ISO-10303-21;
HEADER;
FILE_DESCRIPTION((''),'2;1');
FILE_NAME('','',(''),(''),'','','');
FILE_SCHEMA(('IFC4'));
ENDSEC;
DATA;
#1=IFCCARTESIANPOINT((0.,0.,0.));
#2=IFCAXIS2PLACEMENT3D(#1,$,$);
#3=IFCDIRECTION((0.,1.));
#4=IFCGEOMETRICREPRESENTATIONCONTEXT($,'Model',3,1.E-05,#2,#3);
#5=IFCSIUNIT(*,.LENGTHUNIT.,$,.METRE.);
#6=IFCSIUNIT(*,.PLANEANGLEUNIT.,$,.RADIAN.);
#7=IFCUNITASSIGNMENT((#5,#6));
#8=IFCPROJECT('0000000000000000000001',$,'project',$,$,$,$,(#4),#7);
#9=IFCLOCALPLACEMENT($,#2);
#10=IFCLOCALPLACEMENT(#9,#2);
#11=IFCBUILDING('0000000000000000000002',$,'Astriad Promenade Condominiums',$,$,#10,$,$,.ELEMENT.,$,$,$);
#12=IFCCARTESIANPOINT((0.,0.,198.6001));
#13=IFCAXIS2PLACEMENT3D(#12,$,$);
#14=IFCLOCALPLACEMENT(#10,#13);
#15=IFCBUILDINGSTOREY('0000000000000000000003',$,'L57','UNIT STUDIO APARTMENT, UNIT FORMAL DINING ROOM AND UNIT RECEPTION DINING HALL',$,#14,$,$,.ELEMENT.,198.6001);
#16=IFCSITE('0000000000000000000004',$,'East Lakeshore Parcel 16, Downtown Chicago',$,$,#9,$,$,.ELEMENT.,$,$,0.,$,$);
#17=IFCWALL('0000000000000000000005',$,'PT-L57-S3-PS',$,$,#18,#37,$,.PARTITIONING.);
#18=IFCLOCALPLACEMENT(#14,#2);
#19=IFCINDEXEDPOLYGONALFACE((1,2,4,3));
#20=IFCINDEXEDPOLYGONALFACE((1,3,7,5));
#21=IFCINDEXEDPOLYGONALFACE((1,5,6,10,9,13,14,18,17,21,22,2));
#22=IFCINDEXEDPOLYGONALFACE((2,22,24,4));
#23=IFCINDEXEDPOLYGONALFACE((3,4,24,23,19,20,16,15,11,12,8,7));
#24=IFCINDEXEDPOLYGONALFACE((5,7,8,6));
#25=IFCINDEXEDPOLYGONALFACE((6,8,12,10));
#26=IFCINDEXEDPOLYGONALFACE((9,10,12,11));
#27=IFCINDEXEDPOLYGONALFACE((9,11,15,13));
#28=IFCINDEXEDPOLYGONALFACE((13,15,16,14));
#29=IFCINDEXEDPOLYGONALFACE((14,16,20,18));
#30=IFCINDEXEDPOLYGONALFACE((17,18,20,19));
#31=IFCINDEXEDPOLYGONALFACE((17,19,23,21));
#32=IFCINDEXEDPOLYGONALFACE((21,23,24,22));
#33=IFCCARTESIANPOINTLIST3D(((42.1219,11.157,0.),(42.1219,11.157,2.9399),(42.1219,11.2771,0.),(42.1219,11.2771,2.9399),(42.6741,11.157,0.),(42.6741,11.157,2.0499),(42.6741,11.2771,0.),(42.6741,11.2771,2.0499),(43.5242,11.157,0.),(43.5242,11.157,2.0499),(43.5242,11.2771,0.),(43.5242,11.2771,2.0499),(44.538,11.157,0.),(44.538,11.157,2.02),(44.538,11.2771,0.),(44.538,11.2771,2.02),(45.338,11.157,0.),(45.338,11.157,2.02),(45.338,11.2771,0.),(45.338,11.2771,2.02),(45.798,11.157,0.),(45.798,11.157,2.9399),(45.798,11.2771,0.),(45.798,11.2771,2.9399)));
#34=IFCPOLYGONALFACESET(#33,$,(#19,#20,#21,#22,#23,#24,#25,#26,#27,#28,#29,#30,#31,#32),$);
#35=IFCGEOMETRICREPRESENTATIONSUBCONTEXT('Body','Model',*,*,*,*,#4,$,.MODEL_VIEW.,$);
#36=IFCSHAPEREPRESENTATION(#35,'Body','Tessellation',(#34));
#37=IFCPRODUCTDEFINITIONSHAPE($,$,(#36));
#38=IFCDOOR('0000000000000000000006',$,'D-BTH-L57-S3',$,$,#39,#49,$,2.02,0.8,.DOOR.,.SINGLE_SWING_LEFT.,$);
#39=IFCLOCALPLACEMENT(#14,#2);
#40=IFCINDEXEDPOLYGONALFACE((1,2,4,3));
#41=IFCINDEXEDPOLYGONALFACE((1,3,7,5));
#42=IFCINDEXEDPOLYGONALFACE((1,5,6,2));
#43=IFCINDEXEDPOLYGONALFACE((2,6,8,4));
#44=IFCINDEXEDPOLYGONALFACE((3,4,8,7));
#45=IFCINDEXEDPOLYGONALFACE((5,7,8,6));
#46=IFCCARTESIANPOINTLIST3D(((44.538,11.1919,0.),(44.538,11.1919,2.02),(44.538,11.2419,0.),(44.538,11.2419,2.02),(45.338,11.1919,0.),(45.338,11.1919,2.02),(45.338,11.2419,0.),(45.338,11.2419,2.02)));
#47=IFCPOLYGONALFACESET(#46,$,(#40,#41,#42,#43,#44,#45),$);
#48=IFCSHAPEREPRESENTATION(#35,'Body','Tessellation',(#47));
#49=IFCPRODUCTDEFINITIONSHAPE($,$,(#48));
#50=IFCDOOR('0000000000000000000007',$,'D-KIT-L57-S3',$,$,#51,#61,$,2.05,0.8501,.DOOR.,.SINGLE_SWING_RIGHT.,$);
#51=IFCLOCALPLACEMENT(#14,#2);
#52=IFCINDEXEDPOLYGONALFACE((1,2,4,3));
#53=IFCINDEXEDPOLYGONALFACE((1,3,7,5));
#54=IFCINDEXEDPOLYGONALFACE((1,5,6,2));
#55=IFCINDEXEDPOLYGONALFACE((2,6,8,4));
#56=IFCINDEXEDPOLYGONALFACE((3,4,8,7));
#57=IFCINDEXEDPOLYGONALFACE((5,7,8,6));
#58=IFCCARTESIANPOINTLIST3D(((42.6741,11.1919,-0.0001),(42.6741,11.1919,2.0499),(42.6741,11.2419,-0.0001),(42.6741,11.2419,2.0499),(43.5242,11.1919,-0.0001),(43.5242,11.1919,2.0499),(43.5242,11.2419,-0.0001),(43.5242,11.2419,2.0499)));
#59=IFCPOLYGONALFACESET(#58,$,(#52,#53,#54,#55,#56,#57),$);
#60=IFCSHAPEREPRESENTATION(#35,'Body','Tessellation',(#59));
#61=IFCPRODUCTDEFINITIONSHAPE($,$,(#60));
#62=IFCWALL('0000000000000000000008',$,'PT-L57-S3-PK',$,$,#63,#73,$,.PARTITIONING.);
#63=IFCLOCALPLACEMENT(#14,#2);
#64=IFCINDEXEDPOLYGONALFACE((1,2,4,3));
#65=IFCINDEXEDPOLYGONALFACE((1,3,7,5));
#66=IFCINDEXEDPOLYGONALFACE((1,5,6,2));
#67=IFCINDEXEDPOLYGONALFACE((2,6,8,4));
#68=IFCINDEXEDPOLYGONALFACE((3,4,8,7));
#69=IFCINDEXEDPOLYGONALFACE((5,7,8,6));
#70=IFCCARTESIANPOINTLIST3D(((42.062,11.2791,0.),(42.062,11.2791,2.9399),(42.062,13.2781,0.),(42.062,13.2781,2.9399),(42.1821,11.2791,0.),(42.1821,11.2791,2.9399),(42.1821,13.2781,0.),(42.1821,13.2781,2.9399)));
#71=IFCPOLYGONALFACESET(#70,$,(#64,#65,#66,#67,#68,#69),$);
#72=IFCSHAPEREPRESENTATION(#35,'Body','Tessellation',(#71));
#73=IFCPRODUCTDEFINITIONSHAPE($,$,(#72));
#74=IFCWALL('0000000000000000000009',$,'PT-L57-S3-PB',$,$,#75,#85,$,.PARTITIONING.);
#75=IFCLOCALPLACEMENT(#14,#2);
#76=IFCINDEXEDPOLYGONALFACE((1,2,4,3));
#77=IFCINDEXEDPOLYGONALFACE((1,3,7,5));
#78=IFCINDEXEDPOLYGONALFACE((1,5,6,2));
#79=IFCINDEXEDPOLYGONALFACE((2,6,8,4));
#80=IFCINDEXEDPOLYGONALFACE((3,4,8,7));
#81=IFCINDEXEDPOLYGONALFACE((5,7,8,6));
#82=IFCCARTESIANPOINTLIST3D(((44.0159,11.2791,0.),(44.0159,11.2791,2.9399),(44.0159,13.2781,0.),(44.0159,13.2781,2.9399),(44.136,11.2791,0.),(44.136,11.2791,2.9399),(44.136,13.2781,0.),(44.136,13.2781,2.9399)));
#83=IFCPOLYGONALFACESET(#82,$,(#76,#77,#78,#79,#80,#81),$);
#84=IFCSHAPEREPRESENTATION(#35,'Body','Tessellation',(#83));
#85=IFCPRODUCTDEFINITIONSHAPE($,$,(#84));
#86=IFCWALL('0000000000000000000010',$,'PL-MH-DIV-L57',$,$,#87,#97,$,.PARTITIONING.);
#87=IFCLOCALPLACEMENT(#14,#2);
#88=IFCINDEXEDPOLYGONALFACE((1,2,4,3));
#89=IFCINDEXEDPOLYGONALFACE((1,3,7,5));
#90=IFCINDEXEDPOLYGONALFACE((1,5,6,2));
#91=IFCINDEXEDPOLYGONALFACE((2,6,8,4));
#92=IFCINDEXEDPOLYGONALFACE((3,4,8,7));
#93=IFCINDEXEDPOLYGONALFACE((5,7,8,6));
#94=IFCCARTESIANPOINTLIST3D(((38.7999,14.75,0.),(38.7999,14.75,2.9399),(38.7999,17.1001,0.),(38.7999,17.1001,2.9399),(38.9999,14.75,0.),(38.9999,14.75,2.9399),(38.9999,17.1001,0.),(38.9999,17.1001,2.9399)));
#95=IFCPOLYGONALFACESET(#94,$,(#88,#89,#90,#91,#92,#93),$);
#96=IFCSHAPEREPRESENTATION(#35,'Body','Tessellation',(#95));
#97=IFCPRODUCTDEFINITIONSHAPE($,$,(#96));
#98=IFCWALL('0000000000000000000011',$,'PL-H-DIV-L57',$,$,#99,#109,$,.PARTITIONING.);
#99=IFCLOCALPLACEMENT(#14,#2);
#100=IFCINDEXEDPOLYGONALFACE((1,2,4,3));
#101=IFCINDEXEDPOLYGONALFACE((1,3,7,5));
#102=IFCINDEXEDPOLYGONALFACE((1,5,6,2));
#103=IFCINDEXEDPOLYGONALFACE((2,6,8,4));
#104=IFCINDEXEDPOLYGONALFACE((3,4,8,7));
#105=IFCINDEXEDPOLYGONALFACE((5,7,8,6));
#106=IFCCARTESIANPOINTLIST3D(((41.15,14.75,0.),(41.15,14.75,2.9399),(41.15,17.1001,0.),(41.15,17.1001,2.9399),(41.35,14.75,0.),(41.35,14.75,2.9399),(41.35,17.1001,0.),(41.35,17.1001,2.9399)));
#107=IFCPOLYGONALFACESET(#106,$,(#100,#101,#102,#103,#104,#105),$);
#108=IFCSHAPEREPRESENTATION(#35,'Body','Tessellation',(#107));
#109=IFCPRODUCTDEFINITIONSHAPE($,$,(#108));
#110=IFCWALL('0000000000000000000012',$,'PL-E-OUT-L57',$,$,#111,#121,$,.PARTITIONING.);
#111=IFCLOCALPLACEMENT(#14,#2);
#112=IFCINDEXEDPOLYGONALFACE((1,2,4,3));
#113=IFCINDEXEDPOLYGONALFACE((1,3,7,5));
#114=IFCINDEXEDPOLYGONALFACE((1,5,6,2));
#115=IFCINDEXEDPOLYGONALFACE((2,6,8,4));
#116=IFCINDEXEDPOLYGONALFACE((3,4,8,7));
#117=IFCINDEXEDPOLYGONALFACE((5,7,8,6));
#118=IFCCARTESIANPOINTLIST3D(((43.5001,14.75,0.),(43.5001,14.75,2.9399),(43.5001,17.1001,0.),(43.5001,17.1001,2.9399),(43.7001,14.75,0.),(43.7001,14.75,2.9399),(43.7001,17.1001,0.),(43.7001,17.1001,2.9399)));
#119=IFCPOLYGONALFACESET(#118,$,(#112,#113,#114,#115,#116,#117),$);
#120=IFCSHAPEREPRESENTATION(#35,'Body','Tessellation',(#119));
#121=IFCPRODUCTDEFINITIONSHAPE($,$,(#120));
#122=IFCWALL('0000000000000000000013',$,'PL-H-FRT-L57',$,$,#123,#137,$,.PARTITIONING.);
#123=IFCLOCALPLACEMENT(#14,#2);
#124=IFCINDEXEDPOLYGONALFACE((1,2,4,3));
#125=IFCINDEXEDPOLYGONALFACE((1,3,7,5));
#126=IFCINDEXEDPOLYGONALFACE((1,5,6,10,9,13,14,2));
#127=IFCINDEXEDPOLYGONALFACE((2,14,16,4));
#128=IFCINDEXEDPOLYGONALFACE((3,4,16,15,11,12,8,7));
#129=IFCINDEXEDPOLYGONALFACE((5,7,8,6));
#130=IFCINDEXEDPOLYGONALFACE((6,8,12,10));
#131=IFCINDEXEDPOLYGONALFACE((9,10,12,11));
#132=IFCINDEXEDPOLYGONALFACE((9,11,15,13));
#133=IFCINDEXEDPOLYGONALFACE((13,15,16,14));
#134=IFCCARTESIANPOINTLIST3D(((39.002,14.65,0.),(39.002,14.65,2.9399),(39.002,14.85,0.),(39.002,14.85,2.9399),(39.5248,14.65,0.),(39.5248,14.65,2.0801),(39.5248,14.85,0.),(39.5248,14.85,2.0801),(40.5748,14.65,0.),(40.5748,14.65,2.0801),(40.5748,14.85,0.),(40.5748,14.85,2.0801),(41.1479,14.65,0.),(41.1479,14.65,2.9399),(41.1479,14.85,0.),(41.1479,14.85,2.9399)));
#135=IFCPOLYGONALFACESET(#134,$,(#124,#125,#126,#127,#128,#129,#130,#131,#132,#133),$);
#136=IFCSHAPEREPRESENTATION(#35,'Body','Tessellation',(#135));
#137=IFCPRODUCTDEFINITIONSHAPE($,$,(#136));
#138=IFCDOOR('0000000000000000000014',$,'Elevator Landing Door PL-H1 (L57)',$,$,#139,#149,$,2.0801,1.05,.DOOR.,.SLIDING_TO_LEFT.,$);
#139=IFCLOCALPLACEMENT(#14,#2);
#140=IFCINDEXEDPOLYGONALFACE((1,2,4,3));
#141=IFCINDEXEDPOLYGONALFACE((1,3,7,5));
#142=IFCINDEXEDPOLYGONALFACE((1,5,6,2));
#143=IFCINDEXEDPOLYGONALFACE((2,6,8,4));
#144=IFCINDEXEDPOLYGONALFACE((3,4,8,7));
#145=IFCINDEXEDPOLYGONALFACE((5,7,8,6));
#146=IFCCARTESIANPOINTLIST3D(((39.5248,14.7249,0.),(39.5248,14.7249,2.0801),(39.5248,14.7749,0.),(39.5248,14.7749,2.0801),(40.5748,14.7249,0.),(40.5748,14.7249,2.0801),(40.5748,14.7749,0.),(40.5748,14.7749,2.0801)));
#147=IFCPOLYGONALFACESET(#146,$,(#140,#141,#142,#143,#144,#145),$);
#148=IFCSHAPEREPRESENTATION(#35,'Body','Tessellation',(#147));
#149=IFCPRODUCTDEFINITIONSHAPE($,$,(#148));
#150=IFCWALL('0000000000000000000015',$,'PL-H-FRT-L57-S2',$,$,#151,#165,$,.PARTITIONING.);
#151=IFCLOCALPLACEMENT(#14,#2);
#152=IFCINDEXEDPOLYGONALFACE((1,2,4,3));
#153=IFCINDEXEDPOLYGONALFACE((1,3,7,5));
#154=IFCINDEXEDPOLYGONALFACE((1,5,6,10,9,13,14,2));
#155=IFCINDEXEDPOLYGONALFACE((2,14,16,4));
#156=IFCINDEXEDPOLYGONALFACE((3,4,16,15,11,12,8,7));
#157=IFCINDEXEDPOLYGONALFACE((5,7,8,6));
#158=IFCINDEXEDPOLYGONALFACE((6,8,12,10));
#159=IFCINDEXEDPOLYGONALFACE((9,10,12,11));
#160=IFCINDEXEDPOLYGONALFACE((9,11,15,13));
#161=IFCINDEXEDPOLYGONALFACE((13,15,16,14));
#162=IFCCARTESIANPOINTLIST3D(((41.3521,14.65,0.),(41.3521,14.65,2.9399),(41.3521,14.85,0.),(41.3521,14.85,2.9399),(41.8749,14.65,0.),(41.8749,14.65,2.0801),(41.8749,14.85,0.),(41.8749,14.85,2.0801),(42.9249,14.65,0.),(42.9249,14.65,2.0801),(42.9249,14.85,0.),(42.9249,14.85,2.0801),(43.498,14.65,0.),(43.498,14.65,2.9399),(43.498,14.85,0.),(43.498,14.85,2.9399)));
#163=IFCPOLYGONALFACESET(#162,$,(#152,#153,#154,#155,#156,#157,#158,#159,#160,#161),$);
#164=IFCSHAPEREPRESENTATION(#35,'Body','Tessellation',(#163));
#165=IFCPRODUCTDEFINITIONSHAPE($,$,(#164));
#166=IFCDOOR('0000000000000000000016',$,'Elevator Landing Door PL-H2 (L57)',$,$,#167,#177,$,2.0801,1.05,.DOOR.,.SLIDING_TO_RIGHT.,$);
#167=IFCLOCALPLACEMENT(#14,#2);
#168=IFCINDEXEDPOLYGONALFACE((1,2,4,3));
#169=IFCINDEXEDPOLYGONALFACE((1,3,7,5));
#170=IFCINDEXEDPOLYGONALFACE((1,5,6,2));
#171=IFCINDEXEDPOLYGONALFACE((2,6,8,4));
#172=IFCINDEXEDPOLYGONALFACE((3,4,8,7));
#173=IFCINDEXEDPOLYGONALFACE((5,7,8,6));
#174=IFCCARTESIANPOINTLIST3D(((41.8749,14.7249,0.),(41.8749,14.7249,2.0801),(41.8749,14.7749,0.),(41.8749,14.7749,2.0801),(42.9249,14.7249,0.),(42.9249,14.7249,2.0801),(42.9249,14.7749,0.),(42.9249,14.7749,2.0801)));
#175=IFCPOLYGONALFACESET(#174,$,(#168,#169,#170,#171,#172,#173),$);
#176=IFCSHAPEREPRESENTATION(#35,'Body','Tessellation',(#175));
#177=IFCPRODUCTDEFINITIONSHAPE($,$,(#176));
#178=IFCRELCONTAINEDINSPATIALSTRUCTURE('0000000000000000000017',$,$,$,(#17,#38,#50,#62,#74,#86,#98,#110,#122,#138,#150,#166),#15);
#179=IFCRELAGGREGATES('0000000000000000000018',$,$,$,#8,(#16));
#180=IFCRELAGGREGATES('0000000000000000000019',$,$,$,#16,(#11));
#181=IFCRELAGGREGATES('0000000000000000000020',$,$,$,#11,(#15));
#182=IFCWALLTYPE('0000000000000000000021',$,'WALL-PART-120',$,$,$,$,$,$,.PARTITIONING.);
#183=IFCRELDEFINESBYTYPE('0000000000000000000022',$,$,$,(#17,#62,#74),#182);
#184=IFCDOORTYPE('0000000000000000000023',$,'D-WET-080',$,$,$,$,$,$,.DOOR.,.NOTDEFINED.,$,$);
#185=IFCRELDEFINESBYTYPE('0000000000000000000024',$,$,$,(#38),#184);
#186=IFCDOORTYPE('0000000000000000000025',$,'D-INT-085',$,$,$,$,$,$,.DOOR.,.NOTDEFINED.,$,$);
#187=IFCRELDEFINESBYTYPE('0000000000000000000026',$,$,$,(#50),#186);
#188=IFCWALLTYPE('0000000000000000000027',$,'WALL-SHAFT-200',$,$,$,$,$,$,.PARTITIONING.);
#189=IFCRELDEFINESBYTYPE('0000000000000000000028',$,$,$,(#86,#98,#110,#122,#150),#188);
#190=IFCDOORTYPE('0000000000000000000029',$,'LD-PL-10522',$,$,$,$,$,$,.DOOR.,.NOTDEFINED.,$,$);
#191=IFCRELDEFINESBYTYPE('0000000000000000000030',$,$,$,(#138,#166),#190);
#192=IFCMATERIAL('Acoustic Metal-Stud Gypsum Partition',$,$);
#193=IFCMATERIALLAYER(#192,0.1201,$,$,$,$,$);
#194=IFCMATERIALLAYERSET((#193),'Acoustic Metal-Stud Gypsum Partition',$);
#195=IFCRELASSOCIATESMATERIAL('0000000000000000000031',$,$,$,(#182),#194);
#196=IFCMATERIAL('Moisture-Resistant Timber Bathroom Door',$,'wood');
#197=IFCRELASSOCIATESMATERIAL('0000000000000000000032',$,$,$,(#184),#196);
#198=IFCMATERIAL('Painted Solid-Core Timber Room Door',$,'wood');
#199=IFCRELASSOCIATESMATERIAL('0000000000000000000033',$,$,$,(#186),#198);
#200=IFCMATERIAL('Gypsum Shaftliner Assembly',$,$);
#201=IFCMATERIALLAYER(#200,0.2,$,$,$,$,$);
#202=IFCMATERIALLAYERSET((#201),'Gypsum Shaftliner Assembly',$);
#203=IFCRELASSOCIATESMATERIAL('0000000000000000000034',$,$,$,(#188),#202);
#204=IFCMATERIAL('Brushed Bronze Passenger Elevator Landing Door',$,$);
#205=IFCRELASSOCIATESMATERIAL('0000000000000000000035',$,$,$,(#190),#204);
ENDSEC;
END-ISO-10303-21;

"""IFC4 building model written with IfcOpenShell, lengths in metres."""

from ifc_helpers import new_model, si_unit, direction, frame, frame_2d, origin, place, context, subcontext, project, spatial, rectangle, extrude, source, transform, mapped, material, layer, layer_set, type_object, type_shapes, element, fill, save


model = new_model("IFC4")

# Units and contexts
model_context = context("Model", 3, precision=1e-05, world=origin(), true_north=direction((0.0, 1.0)))
body_context = subcontext(model_context, "Body", "Model", "MODEL_VIEW")
ifc_project = project(units=[si_unit("LENGTHUNIT", "METRE"), si_unit("PLANEANGLEUNIT", "RADIAN")], contexts=[model_context])

# Site, building, storey
site_placement = place(None, origin())
site = spatial("IfcSite", under=ifc_project, at=site_placement, Name="East Lakeshore Parcel 16, Downtown Chicago", CompositionType="ELEMENT", RefElevation=0.0)
building_placement = place(site_placement, origin())
building = spatial("IfcBuilding", under=site, at=building_placement, Name="Astriad Promenade Condominiums", CompositionType="ELEMENT")
storey_placement = place(building_placement, frame((0.0, 0.0, 198.6001)))
storey = spatial("IfcBuildingStorey", under=building, at=storey_placement, Name="L57", Description="UNIT STUDIO APARTMENT, UNIT FORMAL DINING ROOM AND UNIT RECEPTION DINING HALL", CompositionType="ELEMENT", Elevation=198.6001)

# Shared definitions
ifc_material_1 = material(Name="Acoustic Metal-Stud Gypsum Partition")
ifc_layer_1 = layer(ifc_material_1, 0.1201)
ifc_layer_set_1 = layer_set([ifc_layer_1], Name="Acoustic Metal-Stud Gypsum Partition")
wall_type_1 = type_object("IfcWallType", Name="WALL-PART-120", PredefinedType="PARTITIONING", material=ifc_layer_set_1)

# Wall, openings, doors
wall_1_placement = place(storey_placement, frame((42.1221, 11.217, 0.0), z_axis=(0.0, 0.0, 1.0), x_axis=(1.0, 0.0, 0.0)))
wall_1 = element("IfcWall", 1, at=wall_1_placement, inside=storey, type_object=wall_type_1, Name="PT-L57-S3-PS", PredefinedType="PARTITIONING", context=body_context, shape_type="SweptSolid", body=[
    extrude(rectangle(XDim=3.676, YDim=0.1201, at=frame_2d((1.8379, 0.0))), origin(), (0.0, 0.0, 1.0), 2.9399),
])
opening_1_placement = place(wall_1_placement, frame((0.552, 0.0, 0.0)))
opening_1 = element("IfcOpeningElement", 2, at=opening_1_placement, cuts=wall_1, PredefinedType="OPENING", context=body_context, shape_type="SweptSolid", body=[
    extrude(rectangle(XDim=0.8501, YDim=2.05, at=frame_2d((0.425, 1.0249))), frame((0.0, 0.0701, 0.0), z_axis=(0.0, -1.0, 0.0), x_axis=(1.0, 0.0, 0.0)), (0.0, 0.0, 1.0), 0.1401),
])
opening_2_placement = place(wall_1_placement, frame((2.416, 0.0, 0.0)))
opening_2 = element("IfcOpeningElement", 3, at=opening_2_placement, cuts=wall_1, PredefinedType="OPENING", context=body_context, shape_type="SweptSolid", body=[
    extrude(rectangle(XDim=0.8, YDim=2.02, at=frame_2d((0.3999, 1.01))), frame((0.0, 0.0701, 0.0), z_axis=(0.0, -1.0, 0.0), x_axis=(1.0, 0.0, 0.0)), (0.0, 0.0, 1.0), 0.1401),
])
ifc_material_2 = material(Name="Moisture-Resistant Timber Bathroom Door", Category="wood")
door_type_1 = type_object("IfcDoorType", Name="D-WET-080", OperationType="NOTDEFINED", PredefinedType="DOOR", material=ifc_material_2)
shared_shape_1 = source(origin(), body_context, "Body", "SweptSolid", [
    extrude(rectangle(XDim=0.8, YDim=2.02, at=frame_2d((0.3999, 1.01))), frame((0.0, 0.0249, 0.0), z_axis=(0.0, -1.0, 0.0), x_axis=(1.0, 0.0, 0.0)), (0.0, 0.0, 1.0), 0.05),
])
type_shapes(door_type_1, [shared_shape_1])
door_1_placement = place(opening_2_placement, origin())
door_1 = element("IfcDoor", 4, at=door_1_placement, inside=storey, type_object=door_type_1, Name="D-BTH-L57-S3", OperationType="SINGLE_SWING_LEFT", OverallHeight=2.02, OverallWidth=0.8, PredefinedType="DOOR", context=body_context, shape_type="MappedRepresentation", body=[
    mapped(shared_shape_1, transform((0.0, 0.0, 0.0), scale=1.0)),
])
fill(opening_2, door_1)
ifc_material_3 = material(Name="Painted Solid-Core Timber Room Door", Category="wood")
door_type_2 = type_object("IfcDoorType", Name="D-INT-085", OperationType="NOTDEFINED", PredefinedType="DOOR", material=ifc_material_3)
shared_shape_2 = source(origin(), body_context, "Body", "SweptSolid", [
    extrude(rectangle(XDim=0.8501, YDim=2.05, at=frame_2d((0.425, 1.0249))), frame((0.0, 0.0249, 0.0), z_axis=(0.0, -1.0, 0.0), x_axis=(1.0, 0.0, 0.0)), (0.0, 0.0, 1.0), 0.05),
])
type_shapes(door_type_2, [shared_shape_2])
door_2_placement = place(opening_1_placement, origin())
door_2 = element("IfcDoor", 5, at=door_2_placement, inside=storey, type_object=door_type_2, Name="D-KIT-L57-S3", OperationType="SINGLE_SWING_RIGHT", OverallHeight=2.05, OverallWidth=0.8501, PredefinedType="DOOR", context=body_context, shape_type="MappedRepresentation", body=[
    mapped(shared_shape_2, transform((0.0, 0.0, 0.0), scale=1.0)),
])
fill(opening_1, door_2)

# Walls
for number, where, z_axis, x_axis, name in (
    (6, (42.1221, 11.2791, 0.0), (0.0, 0.0, 1.0), (0.0, 1.0, 0.0), "PT-L57-S3-PK"),
    (7, (44.0759, 11.2791, 0.0), (0.0, 0.0, 1.0), (0.0, 1.0, 0.0), "PT-L57-S3-PB"),
):
    element("IfcWall", number, at=place(storey_placement, frame(where, z_axis=z_axis, x_axis=x_axis)), inside=storey, type_object=wall_type_1, Name=name, PredefinedType="PARTITIONING", context=body_context, shape_type="SweptSolid", body=[
        extrude(rectangle(XDim=1.999, YDim=0.1201, at=frame_2d((0.9995, 0.0))), origin(), (0.0, 0.0, 1.0), 2.9399),
    ])
ifc_material_4 = material(Name="Gypsum Shaftliner Assembly")
ifc_layer_2 = layer(ifc_material_4, 0.2)
ifc_layer_set_2 = layer_set([ifc_layer_2], Name="Gypsum Shaftliner Assembly")
wall_type_2 = type_object("IfcWallType", Name="WALL-SHAFT-200", PredefinedType="PARTITIONING", material=ifc_layer_set_2)
for number, where, z_axis, x_axis, name in (
    (8, (38.8999, 14.75, 0.0), (0.0, 0.0, 1.0), (0.0, 1.0, 0.0), "PL-MH-DIV-L57"),
    (9, (41.25, 14.75, 0.0), (0.0, 0.0, 1.0), (0.0, 1.0, 0.0), "PL-H-DIV-L57"),
    (10, (43.6001, 14.75, 0.0), (0.0, 0.0, 1.0), (0.0, 1.0, 0.0), "PL-E-OUT-L57"),
):
    element("IfcWall", number, at=place(storey_placement, frame(where, z_axis=z_axis, x_axis=x_axis)), inside=storey, type_object=wall_type_2, Name=name, PredefinedType="PARTITIONING", context=body_context, shape_type="SweptSolid", body=[
        extrude(rectangle(XDim=2.3501, YDim=0.2, at=frame_2d((1.175, 0.0))), origin(), (0.0, 0.0, 1.0), 2.9399),
    ])

# Walls, openings, doors
wall_2_placement = place(storey_placement, frame((39.002, 14.75, 0.0), z_axis=(0.0, 0.0, 1.0), x_axis=(1.0, 0.0, 0.0)))
wall_2 = element("IfcWall", 11, at=wall_2_placement, inside=storey, type_object=wall_type_2, Name="PL-H-FRT-L57", PredefinedType="PARTITIONING", context=body_context, shape_type="SweptSolid", body=[
    extrude(rectangle(XDim=2.146, YDim=0.2, at=frame_2d((1.073, 0.0))), origin(), (0.0, 0.0, 1.0), 2.9399),
])
opening_3_placement = place(wall_2_placement, frame((0.5229, 0.0, 0.0)))
opening_3 = element("IfcOpeningElement", 12, at=opening_3_placement, cuts=wall_2, PredefinedType="OPENING", context=body_context, shape_type="SweptSolid", body=[
    extrude(rectangle(XDim=1.05, YDim=2.0801, at=frame_2d((0.5249, 1.04))), frame((0.0, 0.1099, 0.0), z_axis=(0.0, -1.0, 0.0), x_axis=(1.0, 0.0, 0.0)), (0.0, 0.0, 1.0), 0.22),
])
ifc_material_5 = material(Name="Brushed Bronze Passenger Elevator Landing Door")
door_type_3 = type_object("IfcDoorType", Name="LD-PL-10522", OperationType="NOTDEFINED", PredefinedType="DOOR", material=ifc_material_5)
shared_shape_3 = source(origin(), body_context, "Body", "SweptSolid", [
    extrude(rectangle(XDim=1.05, YDim=2.0801, at=frame_2d((0.5249, 1.04))), frame((0.0, 0.0249, 0.0), z_axis=(0.0, -1.0, 0.0), x_axis=(1.0, 0.0, 0.0)), (0.0, 0.0, 1.0), 0.05),
])
type_shapes(door_type_3, [shared_shape_3])
door_3_placement = place(opening_3_placement, origin())
door_3 = element("IfcDoor", 13, at=door_3_placement, inside=storey, type_object=door_type_3, Name="Elevator Landing Door PL-H1 (L57)", OperationType="SLIDING_TO_LEFT", OverallHeight=2.0801, OverallWidth=1.05, PredefinedType="DOOR", context=body_context, shape_type="MappedRepresentation", body=[
    mapped(shared_shape_3, transform((0.0, 0.0, 0.0), scale=1.0)),
])
fill(opening_3, door_3)
wall_3_placement = place(storey_placement, frame((41.3521, 14.75, 0.0), z_axis=(0.0, 0.0, 1.0), x_axis=(1.0, 0.0, 0.0)))
wall_3 = element("IfcWall", 14, at=wall_3_placement, inside=storey, type_object=wall_type_2, Name="PL-H-FRT-L57-S2", PredefinedType="PARTITIONING", context=body_context, shape_type="SweptSolid", body=[
    extrude(rectangle(XDim=2.146, YDim=0.2, at=frame_2d((1.073, 0.0))), origin(), (0.0, 0.0, 1.0), 2.9399),
])
opening_4_placement = place(wall_3_placement, frame((0.5229, 0.0, 0.0)))
opening_4 = element("IfcOpeningElement", 15, at=opening_4_placement, cuts=wall_3, PredefinedType="OPENING", context=body_context, shape_type="SweptSolid", body=[
    extrude(rectangle(XDim=1.05, YDim=2.0801, at=frame_2d((0.5249, 1.04))), frame((0.0, 0.1099, 0.0), z_axis=(0.0, -1.0, 0.0), x_axis=(1.0, 0.0, 0.0)), (0.0, 0.0, 1.0), 0.22),
])
door_4_placement = place(opening_4_placement, origin())
door_4 = element("IfcDoor", 16, at=door_4_placement, inside=storey, type_object=door_type_3, Name="Elevator Landing Door PL-H2 (L57)", OperationType="SLIDING_TO_RIGHT", OverallHeight=2.0801, OverallWidth=1.05, PredefinedType="DOOR", context=body_context, shape_type="MappedRepresentation", body=[
    mapped(shared_shape_3, transform((0.0, 0.0, 0.0), scale=1.0)),
])
fill(opening_4, door_4)

save(model, "model.ifc")
